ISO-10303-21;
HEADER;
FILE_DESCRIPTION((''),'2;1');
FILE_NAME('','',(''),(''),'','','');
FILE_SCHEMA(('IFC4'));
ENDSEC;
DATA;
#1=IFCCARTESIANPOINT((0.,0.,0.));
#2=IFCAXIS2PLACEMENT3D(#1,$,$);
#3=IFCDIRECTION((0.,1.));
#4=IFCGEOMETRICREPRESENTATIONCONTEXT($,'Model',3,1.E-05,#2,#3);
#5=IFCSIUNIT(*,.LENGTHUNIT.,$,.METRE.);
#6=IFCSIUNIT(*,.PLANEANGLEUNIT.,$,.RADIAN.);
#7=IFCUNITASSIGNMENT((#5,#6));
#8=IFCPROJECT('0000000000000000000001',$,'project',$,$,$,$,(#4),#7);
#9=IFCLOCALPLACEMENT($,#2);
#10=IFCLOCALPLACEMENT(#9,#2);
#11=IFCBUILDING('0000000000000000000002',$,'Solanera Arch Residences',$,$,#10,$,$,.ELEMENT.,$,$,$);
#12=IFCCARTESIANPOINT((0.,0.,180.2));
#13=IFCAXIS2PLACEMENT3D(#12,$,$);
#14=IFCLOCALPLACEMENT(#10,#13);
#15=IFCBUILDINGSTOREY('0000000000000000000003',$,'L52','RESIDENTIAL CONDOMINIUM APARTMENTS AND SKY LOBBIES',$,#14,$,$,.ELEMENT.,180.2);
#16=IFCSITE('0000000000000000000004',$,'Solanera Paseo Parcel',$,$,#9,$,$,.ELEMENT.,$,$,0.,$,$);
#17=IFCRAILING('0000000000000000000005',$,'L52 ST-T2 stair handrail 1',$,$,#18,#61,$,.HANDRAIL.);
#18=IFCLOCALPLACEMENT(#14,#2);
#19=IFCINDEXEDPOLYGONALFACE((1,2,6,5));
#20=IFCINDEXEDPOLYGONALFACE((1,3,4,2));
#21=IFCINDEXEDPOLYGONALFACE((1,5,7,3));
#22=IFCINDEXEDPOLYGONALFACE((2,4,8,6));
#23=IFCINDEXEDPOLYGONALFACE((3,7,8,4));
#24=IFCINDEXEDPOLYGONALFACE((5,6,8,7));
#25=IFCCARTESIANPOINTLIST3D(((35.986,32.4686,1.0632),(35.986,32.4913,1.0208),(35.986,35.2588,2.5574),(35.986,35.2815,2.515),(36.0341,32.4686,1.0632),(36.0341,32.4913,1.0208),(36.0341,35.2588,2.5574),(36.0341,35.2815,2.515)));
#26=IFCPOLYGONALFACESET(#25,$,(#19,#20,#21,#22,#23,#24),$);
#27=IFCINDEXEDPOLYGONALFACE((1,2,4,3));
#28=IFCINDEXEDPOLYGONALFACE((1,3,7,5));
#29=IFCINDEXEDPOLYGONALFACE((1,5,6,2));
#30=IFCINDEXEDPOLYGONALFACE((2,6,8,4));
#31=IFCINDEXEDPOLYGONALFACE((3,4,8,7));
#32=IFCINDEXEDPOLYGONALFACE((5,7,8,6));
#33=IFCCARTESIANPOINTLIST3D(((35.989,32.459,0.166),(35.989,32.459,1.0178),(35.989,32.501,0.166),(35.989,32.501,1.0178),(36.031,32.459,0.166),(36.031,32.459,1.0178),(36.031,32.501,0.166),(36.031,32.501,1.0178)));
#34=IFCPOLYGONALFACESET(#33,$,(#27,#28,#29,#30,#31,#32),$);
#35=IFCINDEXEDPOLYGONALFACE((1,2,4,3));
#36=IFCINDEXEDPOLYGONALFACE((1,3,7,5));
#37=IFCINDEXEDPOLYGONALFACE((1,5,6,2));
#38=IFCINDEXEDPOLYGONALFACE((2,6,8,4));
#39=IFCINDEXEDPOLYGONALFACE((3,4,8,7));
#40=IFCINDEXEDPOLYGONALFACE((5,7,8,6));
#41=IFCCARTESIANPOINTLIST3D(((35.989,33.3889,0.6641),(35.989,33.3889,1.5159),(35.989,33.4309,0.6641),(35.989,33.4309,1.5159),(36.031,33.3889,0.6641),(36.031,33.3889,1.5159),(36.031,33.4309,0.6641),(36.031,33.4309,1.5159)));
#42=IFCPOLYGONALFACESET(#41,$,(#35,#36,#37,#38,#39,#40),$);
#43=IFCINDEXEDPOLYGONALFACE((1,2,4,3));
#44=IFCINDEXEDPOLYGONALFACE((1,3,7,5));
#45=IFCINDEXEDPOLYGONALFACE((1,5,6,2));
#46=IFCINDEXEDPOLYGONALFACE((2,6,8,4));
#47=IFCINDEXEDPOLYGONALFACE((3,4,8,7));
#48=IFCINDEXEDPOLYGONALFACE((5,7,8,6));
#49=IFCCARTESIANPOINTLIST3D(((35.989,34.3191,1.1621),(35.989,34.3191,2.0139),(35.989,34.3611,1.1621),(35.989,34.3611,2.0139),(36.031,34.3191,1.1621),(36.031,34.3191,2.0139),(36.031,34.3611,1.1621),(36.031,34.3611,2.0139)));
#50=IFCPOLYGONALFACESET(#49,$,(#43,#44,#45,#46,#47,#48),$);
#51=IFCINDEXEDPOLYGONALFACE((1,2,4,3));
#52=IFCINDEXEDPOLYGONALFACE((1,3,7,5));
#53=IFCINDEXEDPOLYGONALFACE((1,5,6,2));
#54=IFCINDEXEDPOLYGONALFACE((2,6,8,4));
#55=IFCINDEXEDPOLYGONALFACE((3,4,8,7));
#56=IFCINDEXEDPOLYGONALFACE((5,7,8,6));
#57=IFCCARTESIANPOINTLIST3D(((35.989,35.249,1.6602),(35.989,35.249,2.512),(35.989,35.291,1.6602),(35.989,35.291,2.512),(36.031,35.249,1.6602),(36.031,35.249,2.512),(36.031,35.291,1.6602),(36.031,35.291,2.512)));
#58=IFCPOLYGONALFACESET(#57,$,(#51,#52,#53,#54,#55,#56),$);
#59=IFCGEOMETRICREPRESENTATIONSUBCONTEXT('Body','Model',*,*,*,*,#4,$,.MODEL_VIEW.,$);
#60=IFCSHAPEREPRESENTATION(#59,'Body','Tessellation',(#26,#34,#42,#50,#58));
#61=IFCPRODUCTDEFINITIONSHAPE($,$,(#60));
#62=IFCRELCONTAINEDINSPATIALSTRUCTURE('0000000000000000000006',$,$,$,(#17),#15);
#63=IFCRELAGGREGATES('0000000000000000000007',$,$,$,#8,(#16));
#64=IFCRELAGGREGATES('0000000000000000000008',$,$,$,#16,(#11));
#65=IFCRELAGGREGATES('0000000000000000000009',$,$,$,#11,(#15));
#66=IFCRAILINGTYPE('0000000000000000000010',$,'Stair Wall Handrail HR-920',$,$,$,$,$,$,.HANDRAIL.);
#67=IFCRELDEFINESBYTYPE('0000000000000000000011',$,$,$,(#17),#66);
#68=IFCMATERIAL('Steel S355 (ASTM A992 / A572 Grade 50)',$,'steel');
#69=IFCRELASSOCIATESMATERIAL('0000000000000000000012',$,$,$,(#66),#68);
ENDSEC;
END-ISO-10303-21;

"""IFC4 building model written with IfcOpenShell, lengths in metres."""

from ifc_helpers import new_model, si_unit, direction, frame, origin, origin_2d, place, context, subcontext, project, spatial, rectangle, extrude, material, type_object, element, save


model = new_model("IFC4")

# Units and contexts
model_context = context("Model", 3, precision=1e-05, world=origin(), true_north=direction((0.0, 1.0)))
body_context = subcontext(model_context, "Body", "Model", "MODEL_VIEW")
ifc_project = project(units=[si_unit("LENGTHUNIT", "METRE"), si_unit("PLANEANGLEUNIT", "RADIAN")], contexts=[model_context])

# Site, building, storey
site_placement = place(None, origin())
site = spatial("IfcSite", under=ifc_project, at=site_placement, Name="Solanera Paseo Parcel", CompositionType="ELEMENT", RefElevation=0.0)
building_placement = place(site_placement, origin())
building = spatial("IfcBuilding", under=site, at=building_placement, Name="Solanera Arch Residences", CompositionType="ELEMENT")
storey_placement = place(building_placement, frame((0.0, 0.0, 180.2)))
storey = spatial("IfcBuildingStorey", under=building, at=storey_placement, Name="L52", Description="RESIDENTIAL CONDOMINIUM APARTMENTS AND SKY LOBBIES", CompositionType="ELEMENT", Elevation=180.2)

# Railing
ifc_material_1 = material(Name="Steel S355 (ASTM A992 / A572 Grade 50)", Category="steel")
railing_type_1 = type_object("IfcRailingType", Name="Stair Wall Handrail HR-920", PredefinedType="HANDRAIL", material=ifc_material_1)
railing_1_placement = place(storey_placement, frame((36.01, 32.48, 0.166)))
element("IfcRailing", 1, at=railing_1_placement, inside=storey, type_object=railing_type_1, Name="L52 ST-T2 stair handrail 1", PredefinedType="HANDRAIL", context=body_context, shape_type="SweptSolid", body=[
    extrude(rectangle(XDim=0.0481, YDim=0.0481, at=origin_2d()), frame((0.0, 0.0, 0.876), z_axis=(0.0, 0.881549, 0.472093), x_axis=(-1.0, 0.0, 0.0)), (0.0, 0.0, 1.0), 3.165),
    extrude(rectangle(XDim=0.042, YDim=0.042, at=origin_2d()), origin(), (0.0, 0.0, 1.0), 0.8518),
    extrude(rectangle(XDim=0.042, YDim=0.042, at=origin_2d()), frame((0.0, 0.9299, 0.498)), (0.0, 0.0, 1.0), 0.8518),
    extrude(rectangle(XDim=0.042, YDim=0.042, at=origin_2d()), frame((0.0, 1.8601, 0.9961)), (0.0, 0.0, 1.0), 0.8518),
    extrude(rectangle(XDim=0.042, YDim=0.042, at=origin_2d()), frame((0.0, 2.79, 1.4941)), (0.0, 0.0, 1.0), 0.8518),
])

save(model, "model.ifc")
